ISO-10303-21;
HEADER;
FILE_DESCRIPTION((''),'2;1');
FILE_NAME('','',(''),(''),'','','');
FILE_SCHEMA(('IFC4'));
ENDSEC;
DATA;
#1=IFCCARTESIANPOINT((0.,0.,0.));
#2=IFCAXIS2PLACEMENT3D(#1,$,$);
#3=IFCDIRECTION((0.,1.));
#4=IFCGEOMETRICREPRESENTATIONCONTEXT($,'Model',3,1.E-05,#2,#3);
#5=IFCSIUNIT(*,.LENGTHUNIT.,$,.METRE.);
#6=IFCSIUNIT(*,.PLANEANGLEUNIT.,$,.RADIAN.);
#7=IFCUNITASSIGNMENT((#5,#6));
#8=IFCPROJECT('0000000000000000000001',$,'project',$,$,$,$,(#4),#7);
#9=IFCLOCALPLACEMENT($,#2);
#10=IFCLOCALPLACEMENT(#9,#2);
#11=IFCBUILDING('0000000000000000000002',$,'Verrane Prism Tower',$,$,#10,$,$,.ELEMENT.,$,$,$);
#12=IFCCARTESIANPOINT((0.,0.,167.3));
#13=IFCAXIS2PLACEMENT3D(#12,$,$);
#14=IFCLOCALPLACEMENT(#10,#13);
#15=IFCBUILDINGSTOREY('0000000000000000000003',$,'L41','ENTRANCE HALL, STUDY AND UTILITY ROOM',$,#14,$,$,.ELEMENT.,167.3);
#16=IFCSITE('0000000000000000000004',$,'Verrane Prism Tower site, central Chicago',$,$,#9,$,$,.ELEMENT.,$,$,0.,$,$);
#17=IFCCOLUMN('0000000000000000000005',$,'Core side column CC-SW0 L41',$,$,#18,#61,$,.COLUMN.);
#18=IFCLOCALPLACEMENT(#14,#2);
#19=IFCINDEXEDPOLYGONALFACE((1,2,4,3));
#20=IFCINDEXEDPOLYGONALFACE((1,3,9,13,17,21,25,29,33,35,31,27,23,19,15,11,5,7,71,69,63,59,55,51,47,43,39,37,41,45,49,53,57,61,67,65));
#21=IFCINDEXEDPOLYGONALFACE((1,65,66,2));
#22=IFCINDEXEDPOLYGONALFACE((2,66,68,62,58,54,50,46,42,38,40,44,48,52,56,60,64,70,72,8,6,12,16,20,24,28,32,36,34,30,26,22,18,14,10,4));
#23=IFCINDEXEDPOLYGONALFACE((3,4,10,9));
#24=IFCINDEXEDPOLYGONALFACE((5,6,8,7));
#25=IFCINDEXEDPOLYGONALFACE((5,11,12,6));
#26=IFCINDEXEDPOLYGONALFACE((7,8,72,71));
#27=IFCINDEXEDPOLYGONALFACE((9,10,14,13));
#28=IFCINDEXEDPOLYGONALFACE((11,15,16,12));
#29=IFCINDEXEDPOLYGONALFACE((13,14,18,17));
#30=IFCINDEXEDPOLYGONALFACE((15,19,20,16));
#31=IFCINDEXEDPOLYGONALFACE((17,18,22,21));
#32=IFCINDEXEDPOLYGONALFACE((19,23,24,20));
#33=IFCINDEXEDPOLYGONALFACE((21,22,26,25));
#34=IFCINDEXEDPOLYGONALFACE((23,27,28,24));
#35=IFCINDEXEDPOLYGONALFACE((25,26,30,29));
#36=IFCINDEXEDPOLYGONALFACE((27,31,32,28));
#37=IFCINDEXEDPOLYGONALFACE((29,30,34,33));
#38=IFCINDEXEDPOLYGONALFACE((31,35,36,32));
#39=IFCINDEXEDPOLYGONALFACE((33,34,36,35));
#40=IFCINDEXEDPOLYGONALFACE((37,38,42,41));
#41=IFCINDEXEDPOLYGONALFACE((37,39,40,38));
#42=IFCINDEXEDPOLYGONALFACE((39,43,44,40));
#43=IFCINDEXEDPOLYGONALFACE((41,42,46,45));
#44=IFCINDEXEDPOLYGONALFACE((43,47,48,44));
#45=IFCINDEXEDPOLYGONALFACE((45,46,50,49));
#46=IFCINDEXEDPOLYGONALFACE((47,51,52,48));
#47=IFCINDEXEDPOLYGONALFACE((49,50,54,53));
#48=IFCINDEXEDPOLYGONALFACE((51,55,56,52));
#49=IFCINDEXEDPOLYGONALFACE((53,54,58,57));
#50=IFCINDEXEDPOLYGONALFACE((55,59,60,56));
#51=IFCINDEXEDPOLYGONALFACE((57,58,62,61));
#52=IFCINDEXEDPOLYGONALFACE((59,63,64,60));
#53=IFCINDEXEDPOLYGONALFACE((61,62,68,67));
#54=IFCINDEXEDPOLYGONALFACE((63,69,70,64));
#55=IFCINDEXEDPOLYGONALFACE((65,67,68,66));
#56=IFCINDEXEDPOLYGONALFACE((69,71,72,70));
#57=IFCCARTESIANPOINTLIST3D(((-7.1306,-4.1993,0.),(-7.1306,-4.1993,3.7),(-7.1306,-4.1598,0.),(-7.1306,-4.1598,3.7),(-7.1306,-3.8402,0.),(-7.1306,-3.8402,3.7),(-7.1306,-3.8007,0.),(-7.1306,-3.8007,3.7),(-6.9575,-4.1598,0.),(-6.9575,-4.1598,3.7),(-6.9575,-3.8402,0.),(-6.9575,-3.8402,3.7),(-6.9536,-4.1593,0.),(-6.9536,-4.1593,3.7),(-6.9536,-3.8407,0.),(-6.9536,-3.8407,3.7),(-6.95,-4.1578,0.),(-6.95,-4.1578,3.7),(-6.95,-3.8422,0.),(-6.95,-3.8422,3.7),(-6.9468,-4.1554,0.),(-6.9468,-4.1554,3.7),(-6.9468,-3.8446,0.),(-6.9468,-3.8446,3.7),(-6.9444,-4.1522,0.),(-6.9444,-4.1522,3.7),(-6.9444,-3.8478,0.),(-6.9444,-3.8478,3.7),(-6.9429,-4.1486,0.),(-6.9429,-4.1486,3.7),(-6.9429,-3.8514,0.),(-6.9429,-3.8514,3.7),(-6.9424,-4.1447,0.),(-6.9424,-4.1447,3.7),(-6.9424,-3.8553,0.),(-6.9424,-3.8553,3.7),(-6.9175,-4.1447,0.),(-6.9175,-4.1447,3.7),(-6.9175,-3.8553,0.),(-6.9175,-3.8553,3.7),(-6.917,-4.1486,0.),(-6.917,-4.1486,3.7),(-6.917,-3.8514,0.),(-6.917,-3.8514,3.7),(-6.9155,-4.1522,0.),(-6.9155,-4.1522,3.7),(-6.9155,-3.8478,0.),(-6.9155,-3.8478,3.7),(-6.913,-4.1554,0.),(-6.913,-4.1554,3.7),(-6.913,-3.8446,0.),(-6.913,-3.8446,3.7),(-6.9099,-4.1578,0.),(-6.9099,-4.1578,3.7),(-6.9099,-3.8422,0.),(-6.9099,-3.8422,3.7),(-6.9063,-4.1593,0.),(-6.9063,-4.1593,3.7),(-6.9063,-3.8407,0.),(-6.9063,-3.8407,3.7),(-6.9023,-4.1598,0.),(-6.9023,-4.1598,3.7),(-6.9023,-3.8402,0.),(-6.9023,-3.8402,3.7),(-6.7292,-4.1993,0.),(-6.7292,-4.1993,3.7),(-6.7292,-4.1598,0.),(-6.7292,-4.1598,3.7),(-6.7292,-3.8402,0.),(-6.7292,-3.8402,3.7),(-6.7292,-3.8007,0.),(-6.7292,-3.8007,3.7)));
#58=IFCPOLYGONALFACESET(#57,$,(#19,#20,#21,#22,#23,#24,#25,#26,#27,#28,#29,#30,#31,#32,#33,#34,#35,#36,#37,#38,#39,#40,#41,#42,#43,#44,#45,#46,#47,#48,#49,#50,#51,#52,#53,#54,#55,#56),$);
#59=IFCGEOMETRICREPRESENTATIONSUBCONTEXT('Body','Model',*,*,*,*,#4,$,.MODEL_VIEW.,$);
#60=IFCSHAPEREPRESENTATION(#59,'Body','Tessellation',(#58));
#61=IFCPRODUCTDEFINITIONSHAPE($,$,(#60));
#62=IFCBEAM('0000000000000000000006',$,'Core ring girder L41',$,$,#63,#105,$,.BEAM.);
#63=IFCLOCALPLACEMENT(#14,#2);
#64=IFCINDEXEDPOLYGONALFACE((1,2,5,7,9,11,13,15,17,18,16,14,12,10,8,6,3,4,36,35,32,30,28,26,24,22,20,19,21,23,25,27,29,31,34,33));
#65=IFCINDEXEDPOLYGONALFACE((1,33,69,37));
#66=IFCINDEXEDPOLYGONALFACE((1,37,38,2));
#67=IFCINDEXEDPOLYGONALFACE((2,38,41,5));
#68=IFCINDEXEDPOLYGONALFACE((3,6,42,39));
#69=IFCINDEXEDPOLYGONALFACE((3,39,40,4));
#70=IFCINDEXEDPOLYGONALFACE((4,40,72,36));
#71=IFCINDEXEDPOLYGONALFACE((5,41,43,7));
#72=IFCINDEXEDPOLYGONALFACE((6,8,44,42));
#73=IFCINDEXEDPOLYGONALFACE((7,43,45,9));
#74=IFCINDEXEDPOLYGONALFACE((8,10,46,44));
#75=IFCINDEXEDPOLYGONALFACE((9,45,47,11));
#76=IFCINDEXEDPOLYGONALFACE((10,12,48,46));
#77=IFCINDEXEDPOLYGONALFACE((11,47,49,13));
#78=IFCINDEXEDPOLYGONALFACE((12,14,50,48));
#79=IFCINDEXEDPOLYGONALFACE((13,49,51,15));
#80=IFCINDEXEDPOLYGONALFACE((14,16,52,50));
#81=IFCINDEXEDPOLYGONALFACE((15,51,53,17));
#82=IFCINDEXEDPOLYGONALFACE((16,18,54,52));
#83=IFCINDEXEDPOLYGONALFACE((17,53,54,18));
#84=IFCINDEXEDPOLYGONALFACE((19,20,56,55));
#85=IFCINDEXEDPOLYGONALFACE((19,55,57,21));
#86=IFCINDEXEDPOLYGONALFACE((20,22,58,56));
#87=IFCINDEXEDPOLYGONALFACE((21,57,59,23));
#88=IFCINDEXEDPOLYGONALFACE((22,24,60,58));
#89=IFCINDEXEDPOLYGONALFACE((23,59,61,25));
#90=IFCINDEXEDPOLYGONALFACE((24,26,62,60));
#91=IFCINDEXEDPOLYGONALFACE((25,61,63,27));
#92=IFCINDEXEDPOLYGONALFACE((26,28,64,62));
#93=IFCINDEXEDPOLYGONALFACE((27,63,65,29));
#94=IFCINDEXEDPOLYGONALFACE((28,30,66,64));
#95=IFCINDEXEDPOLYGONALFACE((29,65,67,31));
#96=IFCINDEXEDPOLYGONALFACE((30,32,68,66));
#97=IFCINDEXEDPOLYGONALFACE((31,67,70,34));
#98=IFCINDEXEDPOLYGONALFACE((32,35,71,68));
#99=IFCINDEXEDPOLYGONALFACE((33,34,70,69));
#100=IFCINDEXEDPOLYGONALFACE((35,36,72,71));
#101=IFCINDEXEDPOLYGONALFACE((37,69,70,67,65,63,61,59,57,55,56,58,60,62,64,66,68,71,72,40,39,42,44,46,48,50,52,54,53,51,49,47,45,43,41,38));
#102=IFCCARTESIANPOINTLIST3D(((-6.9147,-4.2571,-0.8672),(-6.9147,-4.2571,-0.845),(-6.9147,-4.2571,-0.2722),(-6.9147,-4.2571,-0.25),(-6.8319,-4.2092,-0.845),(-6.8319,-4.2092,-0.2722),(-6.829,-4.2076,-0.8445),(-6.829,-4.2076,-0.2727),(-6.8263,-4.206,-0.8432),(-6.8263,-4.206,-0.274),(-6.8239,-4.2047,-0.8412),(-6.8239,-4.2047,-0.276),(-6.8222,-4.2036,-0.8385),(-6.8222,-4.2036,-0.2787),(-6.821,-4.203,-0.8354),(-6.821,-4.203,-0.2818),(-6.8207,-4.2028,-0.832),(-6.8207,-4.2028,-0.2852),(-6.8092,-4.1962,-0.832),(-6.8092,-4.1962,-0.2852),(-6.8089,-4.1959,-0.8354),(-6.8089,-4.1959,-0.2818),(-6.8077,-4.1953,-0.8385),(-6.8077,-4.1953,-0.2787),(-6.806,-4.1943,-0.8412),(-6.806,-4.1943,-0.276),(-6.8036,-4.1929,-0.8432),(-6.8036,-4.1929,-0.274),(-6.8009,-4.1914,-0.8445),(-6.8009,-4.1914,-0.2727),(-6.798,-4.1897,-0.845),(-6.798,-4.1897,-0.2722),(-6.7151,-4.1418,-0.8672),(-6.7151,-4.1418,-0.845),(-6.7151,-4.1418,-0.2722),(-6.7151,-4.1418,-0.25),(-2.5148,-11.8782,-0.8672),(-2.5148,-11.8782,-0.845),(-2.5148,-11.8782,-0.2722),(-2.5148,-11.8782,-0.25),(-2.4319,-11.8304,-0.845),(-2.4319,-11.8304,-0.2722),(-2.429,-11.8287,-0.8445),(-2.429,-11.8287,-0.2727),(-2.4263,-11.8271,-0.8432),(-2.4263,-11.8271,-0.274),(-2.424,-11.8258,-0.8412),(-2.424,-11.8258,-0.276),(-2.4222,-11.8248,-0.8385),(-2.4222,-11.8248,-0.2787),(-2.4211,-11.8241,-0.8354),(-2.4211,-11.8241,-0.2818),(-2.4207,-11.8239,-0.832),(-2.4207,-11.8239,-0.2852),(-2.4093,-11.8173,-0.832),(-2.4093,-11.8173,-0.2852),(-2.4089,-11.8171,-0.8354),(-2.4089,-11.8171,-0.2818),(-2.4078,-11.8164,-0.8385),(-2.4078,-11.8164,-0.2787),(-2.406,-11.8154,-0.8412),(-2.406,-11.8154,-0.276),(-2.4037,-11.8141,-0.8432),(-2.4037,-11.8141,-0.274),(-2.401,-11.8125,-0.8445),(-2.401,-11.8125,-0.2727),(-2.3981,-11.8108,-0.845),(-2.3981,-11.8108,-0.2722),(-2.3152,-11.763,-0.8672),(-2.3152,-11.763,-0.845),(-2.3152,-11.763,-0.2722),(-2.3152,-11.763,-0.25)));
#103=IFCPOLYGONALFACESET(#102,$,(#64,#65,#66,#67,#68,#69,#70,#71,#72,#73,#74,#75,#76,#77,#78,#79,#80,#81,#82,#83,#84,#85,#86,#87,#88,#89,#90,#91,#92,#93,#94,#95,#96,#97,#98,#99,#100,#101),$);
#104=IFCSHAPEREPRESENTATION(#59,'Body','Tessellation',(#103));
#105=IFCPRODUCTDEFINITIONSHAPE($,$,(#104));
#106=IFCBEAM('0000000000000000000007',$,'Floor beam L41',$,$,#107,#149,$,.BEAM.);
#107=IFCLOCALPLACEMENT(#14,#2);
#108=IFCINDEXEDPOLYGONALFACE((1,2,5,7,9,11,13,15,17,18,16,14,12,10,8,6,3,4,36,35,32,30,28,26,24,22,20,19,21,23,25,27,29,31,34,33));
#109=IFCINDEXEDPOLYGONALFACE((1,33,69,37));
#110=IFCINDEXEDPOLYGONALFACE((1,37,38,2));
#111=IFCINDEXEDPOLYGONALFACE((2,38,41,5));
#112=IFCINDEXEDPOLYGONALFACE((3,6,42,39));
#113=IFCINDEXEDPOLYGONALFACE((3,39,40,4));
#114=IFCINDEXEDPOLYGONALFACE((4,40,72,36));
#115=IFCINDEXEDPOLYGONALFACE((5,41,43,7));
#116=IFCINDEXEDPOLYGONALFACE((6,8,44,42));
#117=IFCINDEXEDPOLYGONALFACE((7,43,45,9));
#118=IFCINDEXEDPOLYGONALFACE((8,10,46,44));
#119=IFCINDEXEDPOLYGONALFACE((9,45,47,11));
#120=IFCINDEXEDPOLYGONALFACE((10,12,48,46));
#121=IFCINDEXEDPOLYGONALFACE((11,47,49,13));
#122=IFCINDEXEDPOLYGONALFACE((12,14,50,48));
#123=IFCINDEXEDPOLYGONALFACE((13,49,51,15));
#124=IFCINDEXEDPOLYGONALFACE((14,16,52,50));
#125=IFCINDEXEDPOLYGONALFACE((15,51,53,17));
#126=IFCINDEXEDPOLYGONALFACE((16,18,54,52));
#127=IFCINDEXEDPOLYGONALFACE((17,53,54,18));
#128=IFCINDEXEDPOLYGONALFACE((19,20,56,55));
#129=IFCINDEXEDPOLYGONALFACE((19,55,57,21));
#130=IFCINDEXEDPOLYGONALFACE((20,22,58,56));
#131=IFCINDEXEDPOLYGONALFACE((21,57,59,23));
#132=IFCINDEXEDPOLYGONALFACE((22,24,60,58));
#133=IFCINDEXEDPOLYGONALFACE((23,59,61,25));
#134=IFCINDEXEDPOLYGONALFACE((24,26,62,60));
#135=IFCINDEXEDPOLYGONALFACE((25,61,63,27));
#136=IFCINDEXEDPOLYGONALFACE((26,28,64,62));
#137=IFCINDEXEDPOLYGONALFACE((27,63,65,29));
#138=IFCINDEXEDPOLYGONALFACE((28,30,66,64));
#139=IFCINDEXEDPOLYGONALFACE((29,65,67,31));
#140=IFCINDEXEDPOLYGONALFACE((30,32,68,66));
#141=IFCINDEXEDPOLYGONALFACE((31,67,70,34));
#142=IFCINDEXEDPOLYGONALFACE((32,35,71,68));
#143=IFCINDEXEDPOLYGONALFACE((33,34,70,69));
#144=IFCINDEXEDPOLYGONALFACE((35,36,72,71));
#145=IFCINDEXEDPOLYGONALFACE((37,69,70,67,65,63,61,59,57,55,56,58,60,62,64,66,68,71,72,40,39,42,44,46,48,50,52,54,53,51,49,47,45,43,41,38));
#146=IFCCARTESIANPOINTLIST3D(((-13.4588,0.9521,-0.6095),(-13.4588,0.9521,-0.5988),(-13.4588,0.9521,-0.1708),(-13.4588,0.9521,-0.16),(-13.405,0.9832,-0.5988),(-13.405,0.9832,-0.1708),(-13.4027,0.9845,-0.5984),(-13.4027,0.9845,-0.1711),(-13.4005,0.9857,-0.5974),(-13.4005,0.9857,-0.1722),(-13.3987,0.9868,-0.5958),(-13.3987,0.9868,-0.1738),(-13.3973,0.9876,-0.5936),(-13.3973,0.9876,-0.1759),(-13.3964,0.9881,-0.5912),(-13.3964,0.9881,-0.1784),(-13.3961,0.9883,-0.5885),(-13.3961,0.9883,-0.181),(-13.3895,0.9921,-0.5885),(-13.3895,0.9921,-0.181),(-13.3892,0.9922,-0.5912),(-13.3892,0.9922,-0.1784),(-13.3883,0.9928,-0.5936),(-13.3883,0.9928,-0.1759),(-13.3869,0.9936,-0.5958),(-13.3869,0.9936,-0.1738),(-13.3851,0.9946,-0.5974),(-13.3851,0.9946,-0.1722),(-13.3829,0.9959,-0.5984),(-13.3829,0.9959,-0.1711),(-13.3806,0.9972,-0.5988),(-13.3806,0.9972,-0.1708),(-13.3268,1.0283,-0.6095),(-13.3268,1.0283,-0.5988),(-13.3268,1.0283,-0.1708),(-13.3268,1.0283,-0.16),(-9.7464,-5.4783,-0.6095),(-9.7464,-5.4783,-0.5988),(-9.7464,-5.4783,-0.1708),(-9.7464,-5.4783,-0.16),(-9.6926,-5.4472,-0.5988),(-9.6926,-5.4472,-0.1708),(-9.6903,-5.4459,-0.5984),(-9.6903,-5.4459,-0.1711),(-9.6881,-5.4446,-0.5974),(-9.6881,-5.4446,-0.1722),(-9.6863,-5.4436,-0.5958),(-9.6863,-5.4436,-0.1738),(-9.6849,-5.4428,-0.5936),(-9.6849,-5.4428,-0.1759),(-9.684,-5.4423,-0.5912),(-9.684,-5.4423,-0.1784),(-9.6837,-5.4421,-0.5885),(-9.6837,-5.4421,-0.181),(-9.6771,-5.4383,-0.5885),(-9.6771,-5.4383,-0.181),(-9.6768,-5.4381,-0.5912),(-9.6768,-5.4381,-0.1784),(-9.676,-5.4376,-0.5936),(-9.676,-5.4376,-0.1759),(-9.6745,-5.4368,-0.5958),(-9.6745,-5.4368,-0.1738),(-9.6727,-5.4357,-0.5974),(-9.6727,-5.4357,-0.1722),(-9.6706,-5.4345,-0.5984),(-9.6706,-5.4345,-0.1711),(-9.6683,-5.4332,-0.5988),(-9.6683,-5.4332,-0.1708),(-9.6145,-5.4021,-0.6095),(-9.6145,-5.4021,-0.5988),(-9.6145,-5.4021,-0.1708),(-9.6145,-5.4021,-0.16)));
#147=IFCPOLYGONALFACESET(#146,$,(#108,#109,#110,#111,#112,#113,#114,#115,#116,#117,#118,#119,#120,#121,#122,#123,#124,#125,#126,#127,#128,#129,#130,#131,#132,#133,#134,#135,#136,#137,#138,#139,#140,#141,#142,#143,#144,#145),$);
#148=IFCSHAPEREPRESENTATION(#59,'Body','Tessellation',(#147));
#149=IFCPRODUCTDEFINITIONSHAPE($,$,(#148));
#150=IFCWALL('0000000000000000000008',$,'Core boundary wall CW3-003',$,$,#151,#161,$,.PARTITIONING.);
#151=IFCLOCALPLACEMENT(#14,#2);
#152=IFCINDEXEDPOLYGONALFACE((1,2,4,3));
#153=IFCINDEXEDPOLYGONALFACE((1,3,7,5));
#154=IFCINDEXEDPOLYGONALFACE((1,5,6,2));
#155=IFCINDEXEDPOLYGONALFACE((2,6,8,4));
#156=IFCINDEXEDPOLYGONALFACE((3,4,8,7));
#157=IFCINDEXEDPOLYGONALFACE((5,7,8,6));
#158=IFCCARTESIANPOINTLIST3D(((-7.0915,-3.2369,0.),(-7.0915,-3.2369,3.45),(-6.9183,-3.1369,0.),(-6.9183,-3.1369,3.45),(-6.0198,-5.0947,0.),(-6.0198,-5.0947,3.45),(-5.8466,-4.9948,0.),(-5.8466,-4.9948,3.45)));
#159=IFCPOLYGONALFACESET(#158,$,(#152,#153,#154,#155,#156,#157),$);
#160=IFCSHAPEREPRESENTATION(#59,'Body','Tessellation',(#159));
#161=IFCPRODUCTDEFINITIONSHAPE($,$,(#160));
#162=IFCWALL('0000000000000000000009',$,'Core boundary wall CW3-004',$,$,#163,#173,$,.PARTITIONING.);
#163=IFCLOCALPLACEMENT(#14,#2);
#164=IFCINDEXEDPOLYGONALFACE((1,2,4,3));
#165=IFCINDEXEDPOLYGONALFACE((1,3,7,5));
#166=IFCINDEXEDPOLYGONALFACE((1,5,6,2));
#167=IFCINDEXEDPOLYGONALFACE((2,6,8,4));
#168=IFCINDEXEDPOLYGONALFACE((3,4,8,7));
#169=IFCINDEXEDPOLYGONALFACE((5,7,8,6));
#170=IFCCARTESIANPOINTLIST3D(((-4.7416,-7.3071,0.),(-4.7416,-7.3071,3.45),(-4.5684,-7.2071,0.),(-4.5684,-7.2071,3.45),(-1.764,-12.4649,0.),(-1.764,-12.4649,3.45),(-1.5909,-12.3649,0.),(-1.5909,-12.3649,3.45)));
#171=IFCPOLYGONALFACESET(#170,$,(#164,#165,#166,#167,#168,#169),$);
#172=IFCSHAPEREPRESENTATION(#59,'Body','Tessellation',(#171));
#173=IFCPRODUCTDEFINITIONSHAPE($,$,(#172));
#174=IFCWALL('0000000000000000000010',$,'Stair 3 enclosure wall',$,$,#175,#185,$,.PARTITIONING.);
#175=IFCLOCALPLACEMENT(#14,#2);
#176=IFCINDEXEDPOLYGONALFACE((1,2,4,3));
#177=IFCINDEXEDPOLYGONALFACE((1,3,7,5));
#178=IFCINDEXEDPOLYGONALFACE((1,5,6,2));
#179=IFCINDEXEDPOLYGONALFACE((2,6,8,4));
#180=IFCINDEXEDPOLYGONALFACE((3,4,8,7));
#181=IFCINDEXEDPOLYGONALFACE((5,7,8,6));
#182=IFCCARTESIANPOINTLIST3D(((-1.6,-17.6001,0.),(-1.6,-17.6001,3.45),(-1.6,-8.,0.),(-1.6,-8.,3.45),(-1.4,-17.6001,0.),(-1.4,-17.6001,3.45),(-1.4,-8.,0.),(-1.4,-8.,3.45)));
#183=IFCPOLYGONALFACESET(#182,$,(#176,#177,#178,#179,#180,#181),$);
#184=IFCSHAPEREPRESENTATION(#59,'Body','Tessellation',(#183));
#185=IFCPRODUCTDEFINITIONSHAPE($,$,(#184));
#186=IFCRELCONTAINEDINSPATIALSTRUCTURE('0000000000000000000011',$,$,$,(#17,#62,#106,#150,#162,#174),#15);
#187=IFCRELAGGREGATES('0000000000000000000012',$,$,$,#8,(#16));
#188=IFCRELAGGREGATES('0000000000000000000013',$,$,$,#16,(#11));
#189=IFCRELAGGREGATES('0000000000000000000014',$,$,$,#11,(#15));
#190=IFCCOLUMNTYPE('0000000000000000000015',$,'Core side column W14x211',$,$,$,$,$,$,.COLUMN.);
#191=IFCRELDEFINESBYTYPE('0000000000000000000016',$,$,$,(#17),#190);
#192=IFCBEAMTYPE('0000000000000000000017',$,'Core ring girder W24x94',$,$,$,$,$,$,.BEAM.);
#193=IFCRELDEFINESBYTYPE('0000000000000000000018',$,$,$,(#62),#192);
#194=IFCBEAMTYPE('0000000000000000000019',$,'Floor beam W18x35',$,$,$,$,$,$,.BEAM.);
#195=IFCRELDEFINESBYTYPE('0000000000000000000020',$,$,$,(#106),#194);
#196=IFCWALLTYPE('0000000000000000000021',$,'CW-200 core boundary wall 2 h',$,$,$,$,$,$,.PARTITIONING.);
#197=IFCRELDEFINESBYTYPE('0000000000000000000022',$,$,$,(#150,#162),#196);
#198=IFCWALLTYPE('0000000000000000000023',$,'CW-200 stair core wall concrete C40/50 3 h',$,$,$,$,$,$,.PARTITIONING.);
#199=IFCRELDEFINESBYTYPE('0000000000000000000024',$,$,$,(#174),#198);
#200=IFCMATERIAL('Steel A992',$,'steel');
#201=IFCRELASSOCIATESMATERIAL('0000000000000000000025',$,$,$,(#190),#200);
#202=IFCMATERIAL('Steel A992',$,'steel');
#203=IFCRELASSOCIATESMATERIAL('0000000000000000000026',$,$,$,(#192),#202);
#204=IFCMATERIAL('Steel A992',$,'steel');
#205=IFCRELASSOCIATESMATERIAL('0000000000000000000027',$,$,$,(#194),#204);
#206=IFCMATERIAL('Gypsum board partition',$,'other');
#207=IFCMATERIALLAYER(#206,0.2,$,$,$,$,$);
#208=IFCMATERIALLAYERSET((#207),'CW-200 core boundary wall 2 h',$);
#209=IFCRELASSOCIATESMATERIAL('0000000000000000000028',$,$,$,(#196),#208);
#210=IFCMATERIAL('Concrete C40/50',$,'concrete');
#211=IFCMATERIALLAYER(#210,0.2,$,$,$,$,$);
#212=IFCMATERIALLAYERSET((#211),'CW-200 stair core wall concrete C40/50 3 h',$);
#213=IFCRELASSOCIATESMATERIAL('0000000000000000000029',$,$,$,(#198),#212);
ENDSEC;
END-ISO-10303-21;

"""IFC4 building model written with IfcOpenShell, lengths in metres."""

from ifc_helpers import new_model, si_unit, direction, frame, frame_2d, origin, origin_2d, place, context, subcontext, project, spatial, rectangle, i_section, extrude, material, layer, layer_set, material_profile, profile_set, type_object, element, save


model = new_model("IFC4")

# Units and contexts
model_context = context("Model", 3, precision=1e-05, world=origin(), true_north=direction((0.0, 1.0)))
body_context = subcontext(model_context, "Body", "Model", "MODEL_VIEW")
ifc_project = project(units=[si_unit("LENGTHUNIT", "METRE"), si_unit("PLANEANGLEUNIT", "RADIAN")], contexts=[model_context])

# Site, building, storey
site_placement = place(None, origin())
site = spatial("IfcSite", under=ifc_project, at=site_placement, Name="Verrane Prism Tower site, central Chicago", CompositionType="ELEMENT", RefElevation=0.0)
building_placement = place(site_placement, origin())
building = spatial("IfcBuilding", under=site, at=building_placement, Name="Verrane Prism Tower", CompositionType="ELEMENT")
storey_placement = place(building_placement, frame((0.0, 0.0, 167.3)))
storey = spatial("IfcBuildingStorey", under=building, at=storey_placement, Name="L41", Description="ENTRANCE HALL, STUDY AND UTILITY ROOM", CompositionType="ELEMENT", Elevation=167.3)

# Column
ifc_material_1 = material(Name="Steel A992", Category="steel")
ifc_material_profile_1 = material_profile(ifc_material_1, i_section(OverallWidth=0.4014, OverallDepth=0.3987, WebThickness=0.0249, FlangeThickness=0.0396, FilletRadius=0.0151, at=origin_2d()), Name="W14x211")
ifc_profile_set_1 = profile_set([ifc_material_profile_1], Name="Steel A992")
column_type = type_object("IfcColumnType", Name="Core side column W14x211", PredefinedType="COLUMN", material=ifc_profile_set_1)
column_placement = place(storey_placement, frame((-6.9299, -4.0, 0.0), z_axis=(0.0, 0.0, 1.0), x_axis=(1.0, 0.0, 0.0)))
element("IfcColumn", 1, at=column_placement, inside=storey, type_object=column_type, Name="Core side column CC-SW0 L41", PredefinedType="COLUMN", context=body_context, shape_type="SweptSolid", body=[
    extrude(i_section(OverallWidth=0.4014, OverallDepth=0.3987, WebThickness=0.0249, FlangeThickness=0.0396, FilletRadius=0.0151, at=origin_2d()), origin(), (0.0, 0.0, 1.0), 3.7),
])

# Beams
ifc_material_2 = material(Name="Steel A992", Category="steel")
ifc_material_profile_2 = material_profile(ifc_material_2, i_section(OverallWidth=0.2305, OverallDepth=0.6172, WebThickness=0.0132, FlangeThickness=0.0222, FilletRadius=0.0129, at=origin_2d()), Name="W24x94")
ifc_profile_set_2 = profile_set([ifc_material_profile_2], Name="Steel A992")
beam_type_1 = type_object("IfcBeamType", Name="Core ring girder W24x94", PredefinedType="BEAM", material=ifc_profile_set_2)
beam_1_placement = place(storey_placement, frame((-6.8149, -4.1995, -0.5586), z_axis=(0.499988, -0.866032, 0.0), x_axis=(0.866032, 0.499988, 0.0)))
element("IfcBeam", 2, at=beam_1_placement, inside=storey, type_object=beam_type_1, Name="Core ring girder L41", PredefinedType="BEAM", context=body_context, shape_type="SweptSolid", body=[
    extrude(i_section(OverallWidth=0.2305, OverallDepth=0.6172, WebThickness=0.0132, FlangeThickness=0.0222, FilletRadius=0.0129, at=origin_2d()), origin(), (0.0, 0.0, 1.0), 8.8),
])
ifc_material_3 = material(Name="Steel A992", Category="steel")
ifc_material_profile_3 = material_profile(ifc_material_3, i_section(OverallWidth=0.1523, OverallDepth=0.4495, WebThickness=0.0076, FlangeThickness=0.0107, FilletRadius=0.0103, at=origin_2d()), Name="W18x35")
ifc_profile_set_3 = profile_set([ifc_material_profile_3], Name="Steel A992")
beam_type_2 = type_object("IfcBeamType", Name="Floor beam W18x35", PredefinedType="BEAM", material=ifc_profile_set_3)
beam_2_placement = place(storey_placement, frame((-9.6804, -5.4402, -0.3848), z_axis=(-0.49998, 0.866037, 0.0), x_axis=(-0.866037, -0.49998, 0.0)))
element("IfcBeam", 3, at=beam_2_placement, inside=storey, type_object=beam_type_2, Name="Floor beam L41", PredefinedType="BEAM", context=body_context, shape_type="SweptSolid", body=[
    extrude(i_section(OverallWidth=0.1523, OverallDepth=0.4495, WebThickness=0.0076, FlangeThickness=0.0107, FilletRadius=0.0103, at=origin_2d()), origin(), (0.0, 0.0, 1.0), 7.425),
])

# Walls
ifc_material_4 = material(Name="Gypsum board partition", Category="other")
ifc_layer_1 = layer(ifc_material_4, 0.2)
ifc_layer_set_1 = layer_set([ifc_layer_1], Name="CW-200 core boundary wall 2 h")
wall_type_1 = type_object("IfcWallType", Name="CW-200 core boundary wall 2 h", PredefinedType="PARTITIONING", material=ifc_layer_set_1)
wall_1_placement = place(storey_placement, frame((-7.0049, -3.187, 0.0), z_axis=(0.0, 0.0, 1.0), x_axis=(0.49969, -0.866205, 0.0)))
element("IfcWall", 4, at=wall_1_placement, inside=storey, type_object=wall_type_1, Name="Core boundary wall CW3-003", PredefinedType="PARTITIONING", context=body_context, shape_type="SweptSolid", body=[
    extrude(rectangle(XDim=2.1448, YDim=0.2, at=frame_2d((1.0723, 0.0))), origin(), (0.0, 0.0, 1.0), 3.45),
])
wall_2_placement = place(storey_placement, frame((-4.655, -7.2571, 0.0), z_axis=(0.0, 0.0, 1.0), x_axis=(0.499966, -0.866045, 0.0)))
element("IfcWall", 5, at=wall_2_placement, inside=storey, type_object=wall_type_1, Name="Core boundary wall CW3-004", PredefinedType="PARTITIONING", context=body_context, shape_type="SweptSolid", body=[
    extrude(rectangle(XDim=5.9556, YDim=0.2, at=frame_2d((2.9778, 0.0))), origin(), (0.0, 0.0, 1.0), 3.45),
])
ifc_material_5 = material(Name="Concrete C40/50", Category="concrete")
ifc_layer_2 = layer(ifc_material_5, 0.2)
ifc_layer_set_2 = layer_set([ifc_layer_2], Name="CW-200 stair core wall concrete C40/50 3 h")
wall_type_2 = type_object("IfcWallType", Name="CW-200 stair core wall concrete C40/50 3 h", PredefinedType="PARTITIONING", material=ifc_layer_set_2)
wall_3_placement = place(storey_placement, frame((-1.5, -8.0, 0.0), z_axis=(0.0, 0.0, 1.0), x_axis=(0.0, -1.0, 0.0)))
element("IfcWall", 6, at=wall_3_placement, inside=storey, type_object=wall_type_2, Name="Stair 3 enclosure wall", PredefinedType="PARTITIONING", context=body_context, shape_type="SweptSolid", body=[
    extrude(rectangle(XDim=9.6001, YDim=0.2, at=frame_2d((4.8, 0.0))), origin(), (0.0, 0.0, 1.0), 3.45),
])

save(model, "model.ifc")
